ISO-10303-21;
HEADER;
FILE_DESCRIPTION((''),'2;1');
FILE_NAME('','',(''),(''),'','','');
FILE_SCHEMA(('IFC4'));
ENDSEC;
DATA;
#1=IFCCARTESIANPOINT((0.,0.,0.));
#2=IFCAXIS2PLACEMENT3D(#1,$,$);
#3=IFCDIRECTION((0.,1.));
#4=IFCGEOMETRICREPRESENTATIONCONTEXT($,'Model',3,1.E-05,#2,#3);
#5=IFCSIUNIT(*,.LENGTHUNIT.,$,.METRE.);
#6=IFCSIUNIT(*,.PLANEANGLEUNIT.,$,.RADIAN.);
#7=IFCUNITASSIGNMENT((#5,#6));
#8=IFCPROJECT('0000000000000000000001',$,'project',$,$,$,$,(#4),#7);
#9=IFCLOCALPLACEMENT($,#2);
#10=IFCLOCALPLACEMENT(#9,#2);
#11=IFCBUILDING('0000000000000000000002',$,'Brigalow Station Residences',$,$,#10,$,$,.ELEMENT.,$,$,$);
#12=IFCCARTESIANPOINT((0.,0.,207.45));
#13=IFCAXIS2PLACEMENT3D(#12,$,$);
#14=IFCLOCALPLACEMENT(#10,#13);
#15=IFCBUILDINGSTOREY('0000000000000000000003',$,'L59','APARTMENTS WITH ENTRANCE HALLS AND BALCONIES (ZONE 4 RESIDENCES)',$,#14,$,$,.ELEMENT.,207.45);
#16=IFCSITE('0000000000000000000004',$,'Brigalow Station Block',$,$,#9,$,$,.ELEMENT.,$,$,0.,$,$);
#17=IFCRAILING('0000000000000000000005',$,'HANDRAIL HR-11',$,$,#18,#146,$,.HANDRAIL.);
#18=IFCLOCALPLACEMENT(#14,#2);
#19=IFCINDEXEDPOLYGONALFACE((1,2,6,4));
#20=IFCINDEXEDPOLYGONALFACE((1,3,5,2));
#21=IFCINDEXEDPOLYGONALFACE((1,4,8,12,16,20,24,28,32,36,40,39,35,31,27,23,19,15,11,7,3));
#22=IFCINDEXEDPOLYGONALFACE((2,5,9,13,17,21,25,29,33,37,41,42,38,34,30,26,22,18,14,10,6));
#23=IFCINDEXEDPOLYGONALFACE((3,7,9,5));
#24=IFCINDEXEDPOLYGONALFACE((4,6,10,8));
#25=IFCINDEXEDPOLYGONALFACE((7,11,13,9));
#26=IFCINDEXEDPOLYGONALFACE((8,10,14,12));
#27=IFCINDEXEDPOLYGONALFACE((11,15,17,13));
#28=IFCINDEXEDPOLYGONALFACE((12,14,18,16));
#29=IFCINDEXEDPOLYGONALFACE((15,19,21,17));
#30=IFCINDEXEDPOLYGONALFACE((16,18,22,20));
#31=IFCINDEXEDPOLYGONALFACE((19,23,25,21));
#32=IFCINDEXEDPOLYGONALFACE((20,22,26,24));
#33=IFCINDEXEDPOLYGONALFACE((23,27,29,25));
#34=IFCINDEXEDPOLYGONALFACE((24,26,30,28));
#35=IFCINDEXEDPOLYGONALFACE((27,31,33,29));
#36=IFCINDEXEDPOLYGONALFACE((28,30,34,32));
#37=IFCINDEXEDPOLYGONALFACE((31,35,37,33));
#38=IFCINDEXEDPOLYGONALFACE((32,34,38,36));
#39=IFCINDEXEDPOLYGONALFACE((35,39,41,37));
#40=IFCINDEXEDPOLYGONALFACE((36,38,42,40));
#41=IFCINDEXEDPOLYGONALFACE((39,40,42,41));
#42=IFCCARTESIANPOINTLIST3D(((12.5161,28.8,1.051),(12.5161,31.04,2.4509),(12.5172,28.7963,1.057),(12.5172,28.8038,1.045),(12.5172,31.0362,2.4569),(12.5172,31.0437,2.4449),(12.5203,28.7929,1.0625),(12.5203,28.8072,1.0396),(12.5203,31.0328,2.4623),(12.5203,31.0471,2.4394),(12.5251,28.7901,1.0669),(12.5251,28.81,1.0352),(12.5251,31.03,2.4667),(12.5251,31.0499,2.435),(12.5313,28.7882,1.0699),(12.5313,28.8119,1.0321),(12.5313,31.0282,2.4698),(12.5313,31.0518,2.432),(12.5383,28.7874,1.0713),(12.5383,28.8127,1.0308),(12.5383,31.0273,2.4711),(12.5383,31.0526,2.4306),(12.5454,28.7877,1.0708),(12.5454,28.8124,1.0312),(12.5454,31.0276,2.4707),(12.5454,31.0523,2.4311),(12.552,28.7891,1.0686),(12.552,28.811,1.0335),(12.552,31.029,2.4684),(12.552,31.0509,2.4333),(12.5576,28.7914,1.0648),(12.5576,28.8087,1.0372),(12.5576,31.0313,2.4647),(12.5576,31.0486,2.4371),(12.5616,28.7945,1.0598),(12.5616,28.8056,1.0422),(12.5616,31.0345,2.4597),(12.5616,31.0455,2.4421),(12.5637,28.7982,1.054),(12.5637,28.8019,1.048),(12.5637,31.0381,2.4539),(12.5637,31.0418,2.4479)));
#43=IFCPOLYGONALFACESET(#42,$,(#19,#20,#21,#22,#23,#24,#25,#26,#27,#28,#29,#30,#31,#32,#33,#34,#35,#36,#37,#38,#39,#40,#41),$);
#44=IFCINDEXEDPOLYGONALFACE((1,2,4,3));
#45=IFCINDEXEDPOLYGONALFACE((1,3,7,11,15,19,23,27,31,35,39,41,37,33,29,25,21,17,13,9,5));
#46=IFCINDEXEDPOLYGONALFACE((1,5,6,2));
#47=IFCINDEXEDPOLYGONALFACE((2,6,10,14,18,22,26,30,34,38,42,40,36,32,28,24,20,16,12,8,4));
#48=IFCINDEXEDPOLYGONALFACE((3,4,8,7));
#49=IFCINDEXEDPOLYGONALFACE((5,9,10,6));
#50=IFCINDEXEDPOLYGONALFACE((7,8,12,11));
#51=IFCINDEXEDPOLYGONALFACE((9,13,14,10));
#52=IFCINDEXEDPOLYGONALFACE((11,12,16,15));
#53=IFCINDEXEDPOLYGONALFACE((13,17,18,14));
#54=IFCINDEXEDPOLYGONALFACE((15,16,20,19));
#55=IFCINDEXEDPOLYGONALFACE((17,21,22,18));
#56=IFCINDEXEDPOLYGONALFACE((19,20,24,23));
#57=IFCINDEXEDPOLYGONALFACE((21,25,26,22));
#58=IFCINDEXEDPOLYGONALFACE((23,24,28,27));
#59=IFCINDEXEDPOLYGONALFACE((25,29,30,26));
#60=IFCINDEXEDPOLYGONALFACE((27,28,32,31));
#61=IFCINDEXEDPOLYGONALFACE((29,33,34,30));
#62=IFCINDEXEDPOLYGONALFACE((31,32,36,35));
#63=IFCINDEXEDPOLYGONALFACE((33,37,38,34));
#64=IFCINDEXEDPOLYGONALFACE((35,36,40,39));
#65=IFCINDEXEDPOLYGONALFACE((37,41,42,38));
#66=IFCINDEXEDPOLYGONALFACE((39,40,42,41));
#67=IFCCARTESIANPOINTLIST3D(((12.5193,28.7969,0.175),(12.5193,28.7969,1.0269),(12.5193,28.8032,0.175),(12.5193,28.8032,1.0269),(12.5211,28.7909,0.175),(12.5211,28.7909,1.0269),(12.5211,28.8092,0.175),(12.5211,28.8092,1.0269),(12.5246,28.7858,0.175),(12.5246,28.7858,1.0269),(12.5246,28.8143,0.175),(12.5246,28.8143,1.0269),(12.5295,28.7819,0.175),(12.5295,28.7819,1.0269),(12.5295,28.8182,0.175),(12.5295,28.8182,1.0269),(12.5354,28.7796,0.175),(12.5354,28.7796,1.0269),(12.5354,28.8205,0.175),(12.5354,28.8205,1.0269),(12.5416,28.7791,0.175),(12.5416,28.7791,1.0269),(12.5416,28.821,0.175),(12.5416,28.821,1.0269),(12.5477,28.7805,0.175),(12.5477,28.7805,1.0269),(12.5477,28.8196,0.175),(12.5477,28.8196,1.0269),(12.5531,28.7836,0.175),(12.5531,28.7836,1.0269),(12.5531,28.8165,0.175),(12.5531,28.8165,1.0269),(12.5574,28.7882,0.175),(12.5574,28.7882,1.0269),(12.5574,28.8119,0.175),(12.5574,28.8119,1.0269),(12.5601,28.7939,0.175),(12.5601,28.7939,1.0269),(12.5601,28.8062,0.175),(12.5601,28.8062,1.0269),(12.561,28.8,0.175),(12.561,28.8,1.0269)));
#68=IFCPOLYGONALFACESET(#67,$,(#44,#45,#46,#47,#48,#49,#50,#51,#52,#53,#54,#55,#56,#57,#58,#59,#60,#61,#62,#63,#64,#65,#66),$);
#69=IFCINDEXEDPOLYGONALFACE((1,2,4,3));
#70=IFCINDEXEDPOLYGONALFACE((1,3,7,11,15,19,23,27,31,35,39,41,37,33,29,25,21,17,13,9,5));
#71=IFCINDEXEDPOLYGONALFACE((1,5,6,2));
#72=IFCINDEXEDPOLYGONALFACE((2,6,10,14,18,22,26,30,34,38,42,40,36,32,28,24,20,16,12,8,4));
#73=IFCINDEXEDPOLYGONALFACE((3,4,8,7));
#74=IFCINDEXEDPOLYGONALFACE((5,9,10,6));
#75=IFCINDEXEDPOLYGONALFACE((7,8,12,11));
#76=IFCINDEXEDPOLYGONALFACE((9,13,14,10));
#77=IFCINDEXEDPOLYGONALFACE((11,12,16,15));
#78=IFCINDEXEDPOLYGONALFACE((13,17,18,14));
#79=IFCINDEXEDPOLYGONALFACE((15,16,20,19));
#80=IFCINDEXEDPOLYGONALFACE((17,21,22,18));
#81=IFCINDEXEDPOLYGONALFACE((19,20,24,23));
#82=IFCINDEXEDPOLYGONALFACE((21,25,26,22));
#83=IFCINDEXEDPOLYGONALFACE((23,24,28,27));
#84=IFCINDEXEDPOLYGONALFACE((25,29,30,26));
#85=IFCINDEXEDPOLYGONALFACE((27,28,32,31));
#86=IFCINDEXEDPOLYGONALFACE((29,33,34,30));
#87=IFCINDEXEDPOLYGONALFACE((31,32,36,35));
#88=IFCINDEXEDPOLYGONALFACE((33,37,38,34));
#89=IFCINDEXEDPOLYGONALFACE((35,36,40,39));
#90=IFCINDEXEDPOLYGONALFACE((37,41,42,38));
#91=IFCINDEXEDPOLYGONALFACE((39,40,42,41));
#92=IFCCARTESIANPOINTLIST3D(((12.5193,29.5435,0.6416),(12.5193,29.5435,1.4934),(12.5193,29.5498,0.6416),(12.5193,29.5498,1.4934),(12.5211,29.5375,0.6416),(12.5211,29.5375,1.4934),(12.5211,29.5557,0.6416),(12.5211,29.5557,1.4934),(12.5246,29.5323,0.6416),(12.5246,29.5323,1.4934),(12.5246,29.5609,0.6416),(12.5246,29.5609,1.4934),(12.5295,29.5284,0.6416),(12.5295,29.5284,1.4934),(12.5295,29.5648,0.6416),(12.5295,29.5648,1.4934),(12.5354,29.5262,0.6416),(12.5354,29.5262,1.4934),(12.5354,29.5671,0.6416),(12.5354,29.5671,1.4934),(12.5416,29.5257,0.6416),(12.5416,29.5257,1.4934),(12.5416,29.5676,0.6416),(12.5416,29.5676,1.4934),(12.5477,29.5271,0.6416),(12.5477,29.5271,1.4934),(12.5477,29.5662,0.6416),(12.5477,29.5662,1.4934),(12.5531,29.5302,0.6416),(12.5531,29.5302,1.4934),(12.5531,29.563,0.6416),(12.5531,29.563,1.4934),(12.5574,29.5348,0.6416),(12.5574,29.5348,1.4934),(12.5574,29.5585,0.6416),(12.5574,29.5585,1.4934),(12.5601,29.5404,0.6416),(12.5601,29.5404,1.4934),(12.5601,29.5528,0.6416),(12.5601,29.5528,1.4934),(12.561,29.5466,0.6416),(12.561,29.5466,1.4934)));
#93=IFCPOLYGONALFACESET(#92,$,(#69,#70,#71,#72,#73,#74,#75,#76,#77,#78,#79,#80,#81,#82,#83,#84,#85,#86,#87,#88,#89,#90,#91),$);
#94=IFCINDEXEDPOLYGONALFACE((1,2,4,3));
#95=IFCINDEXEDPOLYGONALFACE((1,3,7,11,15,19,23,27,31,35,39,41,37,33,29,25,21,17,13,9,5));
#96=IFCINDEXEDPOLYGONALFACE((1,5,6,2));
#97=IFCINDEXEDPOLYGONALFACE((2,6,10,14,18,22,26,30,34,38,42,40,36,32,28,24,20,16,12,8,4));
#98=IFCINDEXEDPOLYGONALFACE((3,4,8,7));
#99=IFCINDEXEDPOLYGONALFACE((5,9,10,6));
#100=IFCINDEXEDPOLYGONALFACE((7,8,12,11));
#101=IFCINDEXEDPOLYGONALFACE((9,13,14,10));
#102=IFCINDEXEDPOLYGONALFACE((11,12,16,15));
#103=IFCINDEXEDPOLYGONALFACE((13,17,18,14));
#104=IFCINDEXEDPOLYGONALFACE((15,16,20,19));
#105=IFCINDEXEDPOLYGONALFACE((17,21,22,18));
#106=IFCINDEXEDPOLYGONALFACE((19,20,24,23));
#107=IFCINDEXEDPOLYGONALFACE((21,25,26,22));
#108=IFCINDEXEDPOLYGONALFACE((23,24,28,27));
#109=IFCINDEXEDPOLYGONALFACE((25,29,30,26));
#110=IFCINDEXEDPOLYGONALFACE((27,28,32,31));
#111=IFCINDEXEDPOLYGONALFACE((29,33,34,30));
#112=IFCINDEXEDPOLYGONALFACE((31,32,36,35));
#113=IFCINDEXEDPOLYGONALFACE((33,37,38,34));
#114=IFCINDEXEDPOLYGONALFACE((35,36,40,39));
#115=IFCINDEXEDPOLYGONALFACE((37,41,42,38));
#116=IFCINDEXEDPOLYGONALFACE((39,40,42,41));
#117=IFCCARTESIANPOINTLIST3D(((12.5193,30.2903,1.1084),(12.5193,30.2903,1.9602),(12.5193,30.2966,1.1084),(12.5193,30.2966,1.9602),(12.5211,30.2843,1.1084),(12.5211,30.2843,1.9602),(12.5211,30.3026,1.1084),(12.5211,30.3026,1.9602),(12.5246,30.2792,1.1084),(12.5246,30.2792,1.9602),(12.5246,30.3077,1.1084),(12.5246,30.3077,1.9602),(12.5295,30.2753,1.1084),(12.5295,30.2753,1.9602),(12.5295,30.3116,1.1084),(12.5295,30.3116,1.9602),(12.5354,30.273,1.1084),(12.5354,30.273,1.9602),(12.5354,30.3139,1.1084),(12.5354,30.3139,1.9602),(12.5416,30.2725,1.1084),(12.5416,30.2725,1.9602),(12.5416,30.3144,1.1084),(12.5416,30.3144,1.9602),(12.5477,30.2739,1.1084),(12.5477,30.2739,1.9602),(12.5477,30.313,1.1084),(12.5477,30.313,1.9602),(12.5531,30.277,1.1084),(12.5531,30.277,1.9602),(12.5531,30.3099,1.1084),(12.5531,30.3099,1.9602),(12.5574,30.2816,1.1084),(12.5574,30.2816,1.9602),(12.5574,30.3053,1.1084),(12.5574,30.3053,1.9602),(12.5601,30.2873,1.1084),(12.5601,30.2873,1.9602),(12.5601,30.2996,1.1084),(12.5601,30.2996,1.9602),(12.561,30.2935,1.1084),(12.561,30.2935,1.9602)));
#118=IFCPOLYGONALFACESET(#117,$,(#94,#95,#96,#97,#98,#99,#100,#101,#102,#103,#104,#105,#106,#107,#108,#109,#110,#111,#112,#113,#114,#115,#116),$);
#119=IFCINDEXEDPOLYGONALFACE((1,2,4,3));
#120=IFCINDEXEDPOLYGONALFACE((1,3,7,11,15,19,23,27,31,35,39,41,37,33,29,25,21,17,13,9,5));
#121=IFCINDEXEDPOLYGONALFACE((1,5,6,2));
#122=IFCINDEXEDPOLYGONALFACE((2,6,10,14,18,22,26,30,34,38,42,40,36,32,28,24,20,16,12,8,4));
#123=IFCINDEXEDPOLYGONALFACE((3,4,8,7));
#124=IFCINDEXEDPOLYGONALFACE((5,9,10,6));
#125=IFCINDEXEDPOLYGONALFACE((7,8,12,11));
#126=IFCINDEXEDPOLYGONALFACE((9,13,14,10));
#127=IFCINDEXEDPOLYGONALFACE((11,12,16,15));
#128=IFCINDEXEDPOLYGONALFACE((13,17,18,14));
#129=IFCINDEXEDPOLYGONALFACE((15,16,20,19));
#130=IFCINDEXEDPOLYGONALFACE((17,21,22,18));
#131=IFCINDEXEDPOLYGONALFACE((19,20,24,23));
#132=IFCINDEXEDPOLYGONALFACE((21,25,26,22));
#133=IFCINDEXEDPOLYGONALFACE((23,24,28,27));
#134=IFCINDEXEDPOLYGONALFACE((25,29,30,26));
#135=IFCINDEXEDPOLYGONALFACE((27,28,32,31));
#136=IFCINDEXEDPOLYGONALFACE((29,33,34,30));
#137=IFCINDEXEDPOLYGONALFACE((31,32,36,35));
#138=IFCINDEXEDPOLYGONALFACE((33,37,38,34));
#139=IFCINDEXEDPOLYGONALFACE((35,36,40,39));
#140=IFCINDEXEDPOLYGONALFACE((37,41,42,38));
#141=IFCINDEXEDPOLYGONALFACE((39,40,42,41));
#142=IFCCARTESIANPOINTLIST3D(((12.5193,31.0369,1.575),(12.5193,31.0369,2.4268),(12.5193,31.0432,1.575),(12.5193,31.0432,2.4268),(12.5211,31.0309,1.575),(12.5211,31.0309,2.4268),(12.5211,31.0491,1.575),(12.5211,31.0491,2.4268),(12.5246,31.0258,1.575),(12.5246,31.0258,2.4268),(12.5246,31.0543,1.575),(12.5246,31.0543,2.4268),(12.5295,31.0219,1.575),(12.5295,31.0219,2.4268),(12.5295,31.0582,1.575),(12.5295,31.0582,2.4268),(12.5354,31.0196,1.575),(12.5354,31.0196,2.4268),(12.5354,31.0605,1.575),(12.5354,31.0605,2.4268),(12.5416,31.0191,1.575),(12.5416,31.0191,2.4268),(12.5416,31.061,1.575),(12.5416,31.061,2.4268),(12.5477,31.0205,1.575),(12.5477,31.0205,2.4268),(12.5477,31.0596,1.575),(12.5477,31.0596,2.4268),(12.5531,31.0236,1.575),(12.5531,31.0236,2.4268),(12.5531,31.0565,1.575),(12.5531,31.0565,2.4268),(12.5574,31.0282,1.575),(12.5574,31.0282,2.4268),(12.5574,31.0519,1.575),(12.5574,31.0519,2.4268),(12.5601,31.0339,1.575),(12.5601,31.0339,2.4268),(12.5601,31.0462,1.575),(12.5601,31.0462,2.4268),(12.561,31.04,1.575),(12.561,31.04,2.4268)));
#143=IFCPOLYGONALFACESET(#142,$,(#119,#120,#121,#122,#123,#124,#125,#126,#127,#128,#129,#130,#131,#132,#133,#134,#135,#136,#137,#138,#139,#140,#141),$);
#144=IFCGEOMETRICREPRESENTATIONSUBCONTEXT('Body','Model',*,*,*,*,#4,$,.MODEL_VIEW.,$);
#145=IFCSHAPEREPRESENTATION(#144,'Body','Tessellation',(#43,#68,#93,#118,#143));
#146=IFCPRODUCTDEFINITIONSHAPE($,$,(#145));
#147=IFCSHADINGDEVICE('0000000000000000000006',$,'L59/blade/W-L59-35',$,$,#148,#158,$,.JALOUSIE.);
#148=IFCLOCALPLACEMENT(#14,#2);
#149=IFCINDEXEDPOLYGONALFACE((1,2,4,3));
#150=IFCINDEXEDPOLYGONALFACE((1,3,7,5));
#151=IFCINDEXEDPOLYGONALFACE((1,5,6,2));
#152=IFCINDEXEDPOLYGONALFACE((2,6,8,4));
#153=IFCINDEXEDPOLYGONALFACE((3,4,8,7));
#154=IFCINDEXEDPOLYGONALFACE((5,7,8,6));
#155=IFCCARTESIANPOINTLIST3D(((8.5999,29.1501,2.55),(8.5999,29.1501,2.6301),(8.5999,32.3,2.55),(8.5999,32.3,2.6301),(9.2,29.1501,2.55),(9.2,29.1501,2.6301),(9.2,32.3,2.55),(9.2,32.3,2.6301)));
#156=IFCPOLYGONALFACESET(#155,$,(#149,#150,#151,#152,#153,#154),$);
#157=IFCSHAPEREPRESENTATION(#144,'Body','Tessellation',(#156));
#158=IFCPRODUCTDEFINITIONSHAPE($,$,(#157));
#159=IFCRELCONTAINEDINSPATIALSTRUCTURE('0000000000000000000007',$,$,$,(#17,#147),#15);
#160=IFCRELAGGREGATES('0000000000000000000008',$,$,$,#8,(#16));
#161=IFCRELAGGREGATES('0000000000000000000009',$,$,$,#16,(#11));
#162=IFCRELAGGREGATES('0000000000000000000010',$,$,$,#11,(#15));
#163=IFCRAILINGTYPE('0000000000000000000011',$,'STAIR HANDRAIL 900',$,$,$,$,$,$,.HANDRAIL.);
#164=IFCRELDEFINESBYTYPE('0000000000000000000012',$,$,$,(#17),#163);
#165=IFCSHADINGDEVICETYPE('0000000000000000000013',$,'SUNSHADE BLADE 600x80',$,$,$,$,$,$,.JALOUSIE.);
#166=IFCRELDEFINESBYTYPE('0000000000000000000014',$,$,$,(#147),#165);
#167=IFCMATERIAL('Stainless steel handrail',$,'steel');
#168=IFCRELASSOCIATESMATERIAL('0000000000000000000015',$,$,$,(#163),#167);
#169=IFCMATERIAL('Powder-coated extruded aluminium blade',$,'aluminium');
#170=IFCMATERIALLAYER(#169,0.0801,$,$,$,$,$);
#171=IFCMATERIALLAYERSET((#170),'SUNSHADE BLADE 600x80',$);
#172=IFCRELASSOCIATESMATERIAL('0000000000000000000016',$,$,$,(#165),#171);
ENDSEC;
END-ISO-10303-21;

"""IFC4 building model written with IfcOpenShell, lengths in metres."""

from ifc_helpers import new_model, si_unit, direction, frame, origin, origin_2d, place, context, subcontext, project, spatial, rectangle, circle, extrude, material, layer, layer_set, type_object, element, save


model = new_model("IFC4")

# Units and contexts
model_context = context("Model", 3, precision=1e-05, world=origin(), true_north=direction((0.0, 1.0)))
body_context = subcontext(model_context, "Body", "Model", "MODEL_VIEW")
ifc_project = project(units=[si_unit("LENGTHUNIT", "METRE"), si_unit("PLANEANGLEUNIT", "RADIAN")], contexts=[model_context])

# Site, building, storey
site_placement = place(None, origin())
site = spatial("IfcSite", under=ifc_project, at=site_placement, Name="Brigalow Station Block", CompositionType="ELEMENT", RefElevation=0.0)
building_placement = place(site_placement, origin())
building = spatial("IfcBuilding", under=site, at=building_placement, Name="Brigalow Station Residences", CompositionType="ELEMENT")
storey_placement = place(building_placement, frame((0.0, 0.0, 207.45)))
storey = spatial("IfcBuildingStorey", under=building, at=storey_placement, Name="L59", Description="APARTMENTS WITH ENTRANCE HALLS AND BALCONIES (ZONE 4 RESIDENCES)", CompositionType="ELEMENT", Elevation=207.45)

# Railing
ifc_material_1 = material(Name="Stainless steel handrail", Category="steel")
railing_type_1 = type_object("IfcRailingType", Name="STAIR HANDRAIL 900", PredefinedType="HANDRAIL", material=ifc_material_1)
railing_1_placement = place(storey_placement, frame((12.54, 28.8, 0.175)))
element("IfcRailing", 1, at=railing_1_placement, inside=storey, type_object=railing_type_1, Name="HANDRAIL HR-11", PredefinedType="HANDRAIL", context=body_context, shape_type="SweptSolid", body=[
    extrude(circle(Radius=0.0239, at=origin_2d()), frame((0.0, 0.0, 0.876), z_axis=(0.0, 0.848014, 0.529974), x_axis=(-1.0, 0.0, 0.0)), (0.0, 0.0, 1.0), 2.6414),
    extrude(circle(Radius=0.021, at=origin_2d()), origin(), (0.0, 0.0, 1.0), 0.8518),
    extrude(circle(Radius=0.021, at=origin_2d()), frame((0.0, 0.7466, 0.4666)), (0.0, 0.0, 1.0), 0.8518),
    extrude(circle(Radius=0.021, at=origin_2d()), frame((0.0, 1.4934, 0.9333)), (0.0, 0.0, 1.0), 0.8518),
    extrude(circle(Radius=0.021, at=origin_2d()), frame((0.0, 2.24, 1.3999)), (0.0, 0.0, 1.0), 0.8518),
])

# Shading device
ifc_material_2 = material(Name="Powder-coated extruded aluminium blade", Category="aluminium")
ifc_layer_1 = layer(ifc_material_2, 0.0801)
ifc_layer_set_1 = layer_set([ifc_layer_1], Name="SUNSHADE BLADE 600x80")
shading_device_type = type_object("IfcShadingDeviceType", Name="SUNSHADE BLADE 600x80", PredefinedType="JALOUSIE", material=ifc_layer_set_1)
shading_device_placement = place(storey_placement, frame((8.8999, 30.7251, 2.55), z_axis=(0.0, 0.0, 1.0), x_axis=(0.0, -1.0, 0.0)))
element("IfcShadingDevice", 2, at=shading_device_placement, inside=storey, type_object=shading_device_type, Name="L59/blade/W-L59-35", PredefinedType="JALOUSIE", context=body_context, shape_type="SweptSolid", body=[
    extrude(rectangle(XDim=3.1499, YDim=0.6001, at=origin_2d()), origin(), (0.0, 0.0, 1.0), 0.0801),
])

save(model, "model.ifc")
